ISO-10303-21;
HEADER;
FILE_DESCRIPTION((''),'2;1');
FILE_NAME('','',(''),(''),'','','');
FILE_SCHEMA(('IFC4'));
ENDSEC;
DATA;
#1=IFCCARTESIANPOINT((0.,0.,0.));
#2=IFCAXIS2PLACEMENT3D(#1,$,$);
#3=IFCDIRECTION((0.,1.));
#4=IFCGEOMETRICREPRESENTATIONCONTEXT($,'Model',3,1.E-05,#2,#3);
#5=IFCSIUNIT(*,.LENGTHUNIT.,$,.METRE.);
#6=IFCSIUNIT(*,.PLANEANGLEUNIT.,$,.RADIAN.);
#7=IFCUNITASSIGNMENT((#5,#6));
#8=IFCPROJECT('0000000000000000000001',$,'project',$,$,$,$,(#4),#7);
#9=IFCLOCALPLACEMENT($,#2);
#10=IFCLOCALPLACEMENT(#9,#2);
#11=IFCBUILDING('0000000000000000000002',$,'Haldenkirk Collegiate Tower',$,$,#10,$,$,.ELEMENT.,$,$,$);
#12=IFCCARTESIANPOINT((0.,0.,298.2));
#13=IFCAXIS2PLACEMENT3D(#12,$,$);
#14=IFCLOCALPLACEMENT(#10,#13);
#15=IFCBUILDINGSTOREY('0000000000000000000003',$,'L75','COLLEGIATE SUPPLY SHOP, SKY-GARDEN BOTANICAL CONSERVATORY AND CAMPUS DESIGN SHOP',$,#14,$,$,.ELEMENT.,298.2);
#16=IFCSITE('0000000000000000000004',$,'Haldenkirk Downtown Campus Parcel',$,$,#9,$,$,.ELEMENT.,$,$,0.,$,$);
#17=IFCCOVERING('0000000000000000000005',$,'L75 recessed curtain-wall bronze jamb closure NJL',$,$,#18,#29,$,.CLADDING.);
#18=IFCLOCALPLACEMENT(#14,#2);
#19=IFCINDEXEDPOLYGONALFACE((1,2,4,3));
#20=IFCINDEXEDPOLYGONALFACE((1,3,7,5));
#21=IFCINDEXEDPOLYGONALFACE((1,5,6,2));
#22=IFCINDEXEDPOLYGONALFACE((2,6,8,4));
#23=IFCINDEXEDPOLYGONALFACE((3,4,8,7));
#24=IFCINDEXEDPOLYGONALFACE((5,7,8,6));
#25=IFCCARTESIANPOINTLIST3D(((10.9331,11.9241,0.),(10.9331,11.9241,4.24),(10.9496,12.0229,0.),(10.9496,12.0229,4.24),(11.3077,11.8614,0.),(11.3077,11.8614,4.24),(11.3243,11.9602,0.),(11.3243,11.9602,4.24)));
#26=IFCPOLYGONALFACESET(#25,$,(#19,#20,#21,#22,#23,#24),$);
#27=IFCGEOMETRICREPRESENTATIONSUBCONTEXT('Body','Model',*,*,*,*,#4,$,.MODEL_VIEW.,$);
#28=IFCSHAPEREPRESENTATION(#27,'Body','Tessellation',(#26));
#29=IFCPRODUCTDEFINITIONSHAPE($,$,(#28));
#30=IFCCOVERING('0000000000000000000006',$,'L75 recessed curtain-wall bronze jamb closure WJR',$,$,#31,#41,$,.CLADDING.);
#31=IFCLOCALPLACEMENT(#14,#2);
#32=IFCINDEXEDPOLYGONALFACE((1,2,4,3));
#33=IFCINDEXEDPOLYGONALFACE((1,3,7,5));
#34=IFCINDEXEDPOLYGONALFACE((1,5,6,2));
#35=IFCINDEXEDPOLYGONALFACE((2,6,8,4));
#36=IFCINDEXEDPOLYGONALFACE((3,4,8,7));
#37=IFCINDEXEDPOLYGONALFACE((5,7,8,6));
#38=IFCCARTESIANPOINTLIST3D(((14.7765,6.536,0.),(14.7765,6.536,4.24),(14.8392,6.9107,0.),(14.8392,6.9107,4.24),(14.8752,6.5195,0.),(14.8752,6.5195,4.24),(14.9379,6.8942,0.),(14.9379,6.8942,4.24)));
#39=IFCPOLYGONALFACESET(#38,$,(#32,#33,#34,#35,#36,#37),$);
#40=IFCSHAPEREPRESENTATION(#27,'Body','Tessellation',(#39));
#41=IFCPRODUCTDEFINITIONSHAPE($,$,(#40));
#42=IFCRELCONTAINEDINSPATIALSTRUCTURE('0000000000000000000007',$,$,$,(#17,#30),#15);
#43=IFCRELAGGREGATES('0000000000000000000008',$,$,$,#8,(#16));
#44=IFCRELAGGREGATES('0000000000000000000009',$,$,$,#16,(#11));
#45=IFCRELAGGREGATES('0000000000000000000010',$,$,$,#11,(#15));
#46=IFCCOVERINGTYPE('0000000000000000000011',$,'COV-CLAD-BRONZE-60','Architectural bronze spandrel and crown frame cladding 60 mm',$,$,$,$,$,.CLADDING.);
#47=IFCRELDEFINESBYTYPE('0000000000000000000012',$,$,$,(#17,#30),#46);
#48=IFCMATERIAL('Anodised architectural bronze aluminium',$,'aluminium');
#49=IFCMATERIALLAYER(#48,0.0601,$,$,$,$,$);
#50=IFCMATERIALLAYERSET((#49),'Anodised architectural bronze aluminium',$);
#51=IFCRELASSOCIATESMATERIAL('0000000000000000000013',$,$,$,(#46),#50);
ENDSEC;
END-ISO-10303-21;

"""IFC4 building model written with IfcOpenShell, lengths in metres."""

from ifc_helpers import new_model, si_unit, direction, frame, origin, origin_2d, place, context, subcontext, project, spatial, rectangle, extrude, source, transform, mapped, material, layer, layer_set, type_object, element, save


model = new_model("IFC4")

# Units and contexts
model_context = context("Model", 3, precision=1e-05, world=origin(), true_north=direction((0.0, 1.0)))
body_context = subcontext(model_context, "Body", "Model", "MODEL_VIEW")
ifc_project = project(units=[si_unit("LENGTHUNIT", "METRE"), si_unit("PLANEANGLEUNIT", "RADIAN")], contexts=[model_context])

# Site, building, storey
site_placement = place(None, origin())
site = spatial("IfcSite", under=ifc_project, at=site_placement, Name="Haldenkirk Downtown Campus Parcel", CompositionType="ELEMENT", RefElevation=0.0)
building_placement = place(site_placement, origin())
building = spatial("IfcBuilding", under=site, at=building_placement, Name="Haldenkirk Collegiate Tower", CompositionType="ELEMENT")
storey_placement = place(building_placement, frame((0.0, 0.0, 298.2)))
storey = spatial("IfcBuildingStorey", under=building, at=storey_placement, Name="L75", Description="COLLEGIATE SUPPLY SHOP, SKY-GARDEN BOTANICAL CONSERVATORY AND CAMPUS DESIGN SHOP", CompositionType="ELEMENT", Elevation=298.2)

# Shared definitions
ifc_material_1 = material(Name="Anodised architectural bronze aluminium", Category="aluminium")

# Coverings
ifc_layer_1 = layer(ifc_material_1, 0.0601)
ifc_layer_set_1 = layer_set([ifc_layer_1], Name="Anodised architectural bronze aluminium")
covering_type_1 = type_object("IfcCoveringType", Name="COV-CLAD-BRONZE-60", Description="Architectural bronze spandrel and crown frame cladding 60 mm", PredefinedType="CLADDING", material=ifc_layer_set_1)
shared_shape_1 = source(origin(), body_context, "Body", "SweptSolid", [
    extrude(rectangle(XDim=0.1001, YDim=0.3799, at=origin_2d()), origin(), (0.0, 0.0, 1.0), 4.24),
])
for number, where, z_axis, x_axis, name in (
    (1, (11.1287, 11.9421, 0.0), (0.0, 0.0, 1.0), (0.165048, 0.986286, 0.0), "L75 recessed curtain-wall bronze jamb closure NJL"),
    (2, (14.8572, 6.7151, 0.0), (0.0, 0.0, 1.0), (-0.986286, 0.165048, 0.0), "L75 recessed curtain-wall bronze jamb closure WJR"),
):
    element("IfcCovering", number, at=place(storey_placement, frame(where, z_axis=z_axis, x_axis=x_axis)), inside=storey, type_object=covering_type_1, Name=name, PredefinedType="CLADDING", context=body_context, shape_type="MappedRepresentation", body=[
        mapped(shared_shape_1, transform((0.0, 0.0, 0.0), x_axis=(1.0, 0.0, 0.0), y_axis=(0.0, 1.0, 0.0), z_axis=(0.0, 0.0, 1.0), scale=1.0)),
    ])

save(model, "model.ifc")
